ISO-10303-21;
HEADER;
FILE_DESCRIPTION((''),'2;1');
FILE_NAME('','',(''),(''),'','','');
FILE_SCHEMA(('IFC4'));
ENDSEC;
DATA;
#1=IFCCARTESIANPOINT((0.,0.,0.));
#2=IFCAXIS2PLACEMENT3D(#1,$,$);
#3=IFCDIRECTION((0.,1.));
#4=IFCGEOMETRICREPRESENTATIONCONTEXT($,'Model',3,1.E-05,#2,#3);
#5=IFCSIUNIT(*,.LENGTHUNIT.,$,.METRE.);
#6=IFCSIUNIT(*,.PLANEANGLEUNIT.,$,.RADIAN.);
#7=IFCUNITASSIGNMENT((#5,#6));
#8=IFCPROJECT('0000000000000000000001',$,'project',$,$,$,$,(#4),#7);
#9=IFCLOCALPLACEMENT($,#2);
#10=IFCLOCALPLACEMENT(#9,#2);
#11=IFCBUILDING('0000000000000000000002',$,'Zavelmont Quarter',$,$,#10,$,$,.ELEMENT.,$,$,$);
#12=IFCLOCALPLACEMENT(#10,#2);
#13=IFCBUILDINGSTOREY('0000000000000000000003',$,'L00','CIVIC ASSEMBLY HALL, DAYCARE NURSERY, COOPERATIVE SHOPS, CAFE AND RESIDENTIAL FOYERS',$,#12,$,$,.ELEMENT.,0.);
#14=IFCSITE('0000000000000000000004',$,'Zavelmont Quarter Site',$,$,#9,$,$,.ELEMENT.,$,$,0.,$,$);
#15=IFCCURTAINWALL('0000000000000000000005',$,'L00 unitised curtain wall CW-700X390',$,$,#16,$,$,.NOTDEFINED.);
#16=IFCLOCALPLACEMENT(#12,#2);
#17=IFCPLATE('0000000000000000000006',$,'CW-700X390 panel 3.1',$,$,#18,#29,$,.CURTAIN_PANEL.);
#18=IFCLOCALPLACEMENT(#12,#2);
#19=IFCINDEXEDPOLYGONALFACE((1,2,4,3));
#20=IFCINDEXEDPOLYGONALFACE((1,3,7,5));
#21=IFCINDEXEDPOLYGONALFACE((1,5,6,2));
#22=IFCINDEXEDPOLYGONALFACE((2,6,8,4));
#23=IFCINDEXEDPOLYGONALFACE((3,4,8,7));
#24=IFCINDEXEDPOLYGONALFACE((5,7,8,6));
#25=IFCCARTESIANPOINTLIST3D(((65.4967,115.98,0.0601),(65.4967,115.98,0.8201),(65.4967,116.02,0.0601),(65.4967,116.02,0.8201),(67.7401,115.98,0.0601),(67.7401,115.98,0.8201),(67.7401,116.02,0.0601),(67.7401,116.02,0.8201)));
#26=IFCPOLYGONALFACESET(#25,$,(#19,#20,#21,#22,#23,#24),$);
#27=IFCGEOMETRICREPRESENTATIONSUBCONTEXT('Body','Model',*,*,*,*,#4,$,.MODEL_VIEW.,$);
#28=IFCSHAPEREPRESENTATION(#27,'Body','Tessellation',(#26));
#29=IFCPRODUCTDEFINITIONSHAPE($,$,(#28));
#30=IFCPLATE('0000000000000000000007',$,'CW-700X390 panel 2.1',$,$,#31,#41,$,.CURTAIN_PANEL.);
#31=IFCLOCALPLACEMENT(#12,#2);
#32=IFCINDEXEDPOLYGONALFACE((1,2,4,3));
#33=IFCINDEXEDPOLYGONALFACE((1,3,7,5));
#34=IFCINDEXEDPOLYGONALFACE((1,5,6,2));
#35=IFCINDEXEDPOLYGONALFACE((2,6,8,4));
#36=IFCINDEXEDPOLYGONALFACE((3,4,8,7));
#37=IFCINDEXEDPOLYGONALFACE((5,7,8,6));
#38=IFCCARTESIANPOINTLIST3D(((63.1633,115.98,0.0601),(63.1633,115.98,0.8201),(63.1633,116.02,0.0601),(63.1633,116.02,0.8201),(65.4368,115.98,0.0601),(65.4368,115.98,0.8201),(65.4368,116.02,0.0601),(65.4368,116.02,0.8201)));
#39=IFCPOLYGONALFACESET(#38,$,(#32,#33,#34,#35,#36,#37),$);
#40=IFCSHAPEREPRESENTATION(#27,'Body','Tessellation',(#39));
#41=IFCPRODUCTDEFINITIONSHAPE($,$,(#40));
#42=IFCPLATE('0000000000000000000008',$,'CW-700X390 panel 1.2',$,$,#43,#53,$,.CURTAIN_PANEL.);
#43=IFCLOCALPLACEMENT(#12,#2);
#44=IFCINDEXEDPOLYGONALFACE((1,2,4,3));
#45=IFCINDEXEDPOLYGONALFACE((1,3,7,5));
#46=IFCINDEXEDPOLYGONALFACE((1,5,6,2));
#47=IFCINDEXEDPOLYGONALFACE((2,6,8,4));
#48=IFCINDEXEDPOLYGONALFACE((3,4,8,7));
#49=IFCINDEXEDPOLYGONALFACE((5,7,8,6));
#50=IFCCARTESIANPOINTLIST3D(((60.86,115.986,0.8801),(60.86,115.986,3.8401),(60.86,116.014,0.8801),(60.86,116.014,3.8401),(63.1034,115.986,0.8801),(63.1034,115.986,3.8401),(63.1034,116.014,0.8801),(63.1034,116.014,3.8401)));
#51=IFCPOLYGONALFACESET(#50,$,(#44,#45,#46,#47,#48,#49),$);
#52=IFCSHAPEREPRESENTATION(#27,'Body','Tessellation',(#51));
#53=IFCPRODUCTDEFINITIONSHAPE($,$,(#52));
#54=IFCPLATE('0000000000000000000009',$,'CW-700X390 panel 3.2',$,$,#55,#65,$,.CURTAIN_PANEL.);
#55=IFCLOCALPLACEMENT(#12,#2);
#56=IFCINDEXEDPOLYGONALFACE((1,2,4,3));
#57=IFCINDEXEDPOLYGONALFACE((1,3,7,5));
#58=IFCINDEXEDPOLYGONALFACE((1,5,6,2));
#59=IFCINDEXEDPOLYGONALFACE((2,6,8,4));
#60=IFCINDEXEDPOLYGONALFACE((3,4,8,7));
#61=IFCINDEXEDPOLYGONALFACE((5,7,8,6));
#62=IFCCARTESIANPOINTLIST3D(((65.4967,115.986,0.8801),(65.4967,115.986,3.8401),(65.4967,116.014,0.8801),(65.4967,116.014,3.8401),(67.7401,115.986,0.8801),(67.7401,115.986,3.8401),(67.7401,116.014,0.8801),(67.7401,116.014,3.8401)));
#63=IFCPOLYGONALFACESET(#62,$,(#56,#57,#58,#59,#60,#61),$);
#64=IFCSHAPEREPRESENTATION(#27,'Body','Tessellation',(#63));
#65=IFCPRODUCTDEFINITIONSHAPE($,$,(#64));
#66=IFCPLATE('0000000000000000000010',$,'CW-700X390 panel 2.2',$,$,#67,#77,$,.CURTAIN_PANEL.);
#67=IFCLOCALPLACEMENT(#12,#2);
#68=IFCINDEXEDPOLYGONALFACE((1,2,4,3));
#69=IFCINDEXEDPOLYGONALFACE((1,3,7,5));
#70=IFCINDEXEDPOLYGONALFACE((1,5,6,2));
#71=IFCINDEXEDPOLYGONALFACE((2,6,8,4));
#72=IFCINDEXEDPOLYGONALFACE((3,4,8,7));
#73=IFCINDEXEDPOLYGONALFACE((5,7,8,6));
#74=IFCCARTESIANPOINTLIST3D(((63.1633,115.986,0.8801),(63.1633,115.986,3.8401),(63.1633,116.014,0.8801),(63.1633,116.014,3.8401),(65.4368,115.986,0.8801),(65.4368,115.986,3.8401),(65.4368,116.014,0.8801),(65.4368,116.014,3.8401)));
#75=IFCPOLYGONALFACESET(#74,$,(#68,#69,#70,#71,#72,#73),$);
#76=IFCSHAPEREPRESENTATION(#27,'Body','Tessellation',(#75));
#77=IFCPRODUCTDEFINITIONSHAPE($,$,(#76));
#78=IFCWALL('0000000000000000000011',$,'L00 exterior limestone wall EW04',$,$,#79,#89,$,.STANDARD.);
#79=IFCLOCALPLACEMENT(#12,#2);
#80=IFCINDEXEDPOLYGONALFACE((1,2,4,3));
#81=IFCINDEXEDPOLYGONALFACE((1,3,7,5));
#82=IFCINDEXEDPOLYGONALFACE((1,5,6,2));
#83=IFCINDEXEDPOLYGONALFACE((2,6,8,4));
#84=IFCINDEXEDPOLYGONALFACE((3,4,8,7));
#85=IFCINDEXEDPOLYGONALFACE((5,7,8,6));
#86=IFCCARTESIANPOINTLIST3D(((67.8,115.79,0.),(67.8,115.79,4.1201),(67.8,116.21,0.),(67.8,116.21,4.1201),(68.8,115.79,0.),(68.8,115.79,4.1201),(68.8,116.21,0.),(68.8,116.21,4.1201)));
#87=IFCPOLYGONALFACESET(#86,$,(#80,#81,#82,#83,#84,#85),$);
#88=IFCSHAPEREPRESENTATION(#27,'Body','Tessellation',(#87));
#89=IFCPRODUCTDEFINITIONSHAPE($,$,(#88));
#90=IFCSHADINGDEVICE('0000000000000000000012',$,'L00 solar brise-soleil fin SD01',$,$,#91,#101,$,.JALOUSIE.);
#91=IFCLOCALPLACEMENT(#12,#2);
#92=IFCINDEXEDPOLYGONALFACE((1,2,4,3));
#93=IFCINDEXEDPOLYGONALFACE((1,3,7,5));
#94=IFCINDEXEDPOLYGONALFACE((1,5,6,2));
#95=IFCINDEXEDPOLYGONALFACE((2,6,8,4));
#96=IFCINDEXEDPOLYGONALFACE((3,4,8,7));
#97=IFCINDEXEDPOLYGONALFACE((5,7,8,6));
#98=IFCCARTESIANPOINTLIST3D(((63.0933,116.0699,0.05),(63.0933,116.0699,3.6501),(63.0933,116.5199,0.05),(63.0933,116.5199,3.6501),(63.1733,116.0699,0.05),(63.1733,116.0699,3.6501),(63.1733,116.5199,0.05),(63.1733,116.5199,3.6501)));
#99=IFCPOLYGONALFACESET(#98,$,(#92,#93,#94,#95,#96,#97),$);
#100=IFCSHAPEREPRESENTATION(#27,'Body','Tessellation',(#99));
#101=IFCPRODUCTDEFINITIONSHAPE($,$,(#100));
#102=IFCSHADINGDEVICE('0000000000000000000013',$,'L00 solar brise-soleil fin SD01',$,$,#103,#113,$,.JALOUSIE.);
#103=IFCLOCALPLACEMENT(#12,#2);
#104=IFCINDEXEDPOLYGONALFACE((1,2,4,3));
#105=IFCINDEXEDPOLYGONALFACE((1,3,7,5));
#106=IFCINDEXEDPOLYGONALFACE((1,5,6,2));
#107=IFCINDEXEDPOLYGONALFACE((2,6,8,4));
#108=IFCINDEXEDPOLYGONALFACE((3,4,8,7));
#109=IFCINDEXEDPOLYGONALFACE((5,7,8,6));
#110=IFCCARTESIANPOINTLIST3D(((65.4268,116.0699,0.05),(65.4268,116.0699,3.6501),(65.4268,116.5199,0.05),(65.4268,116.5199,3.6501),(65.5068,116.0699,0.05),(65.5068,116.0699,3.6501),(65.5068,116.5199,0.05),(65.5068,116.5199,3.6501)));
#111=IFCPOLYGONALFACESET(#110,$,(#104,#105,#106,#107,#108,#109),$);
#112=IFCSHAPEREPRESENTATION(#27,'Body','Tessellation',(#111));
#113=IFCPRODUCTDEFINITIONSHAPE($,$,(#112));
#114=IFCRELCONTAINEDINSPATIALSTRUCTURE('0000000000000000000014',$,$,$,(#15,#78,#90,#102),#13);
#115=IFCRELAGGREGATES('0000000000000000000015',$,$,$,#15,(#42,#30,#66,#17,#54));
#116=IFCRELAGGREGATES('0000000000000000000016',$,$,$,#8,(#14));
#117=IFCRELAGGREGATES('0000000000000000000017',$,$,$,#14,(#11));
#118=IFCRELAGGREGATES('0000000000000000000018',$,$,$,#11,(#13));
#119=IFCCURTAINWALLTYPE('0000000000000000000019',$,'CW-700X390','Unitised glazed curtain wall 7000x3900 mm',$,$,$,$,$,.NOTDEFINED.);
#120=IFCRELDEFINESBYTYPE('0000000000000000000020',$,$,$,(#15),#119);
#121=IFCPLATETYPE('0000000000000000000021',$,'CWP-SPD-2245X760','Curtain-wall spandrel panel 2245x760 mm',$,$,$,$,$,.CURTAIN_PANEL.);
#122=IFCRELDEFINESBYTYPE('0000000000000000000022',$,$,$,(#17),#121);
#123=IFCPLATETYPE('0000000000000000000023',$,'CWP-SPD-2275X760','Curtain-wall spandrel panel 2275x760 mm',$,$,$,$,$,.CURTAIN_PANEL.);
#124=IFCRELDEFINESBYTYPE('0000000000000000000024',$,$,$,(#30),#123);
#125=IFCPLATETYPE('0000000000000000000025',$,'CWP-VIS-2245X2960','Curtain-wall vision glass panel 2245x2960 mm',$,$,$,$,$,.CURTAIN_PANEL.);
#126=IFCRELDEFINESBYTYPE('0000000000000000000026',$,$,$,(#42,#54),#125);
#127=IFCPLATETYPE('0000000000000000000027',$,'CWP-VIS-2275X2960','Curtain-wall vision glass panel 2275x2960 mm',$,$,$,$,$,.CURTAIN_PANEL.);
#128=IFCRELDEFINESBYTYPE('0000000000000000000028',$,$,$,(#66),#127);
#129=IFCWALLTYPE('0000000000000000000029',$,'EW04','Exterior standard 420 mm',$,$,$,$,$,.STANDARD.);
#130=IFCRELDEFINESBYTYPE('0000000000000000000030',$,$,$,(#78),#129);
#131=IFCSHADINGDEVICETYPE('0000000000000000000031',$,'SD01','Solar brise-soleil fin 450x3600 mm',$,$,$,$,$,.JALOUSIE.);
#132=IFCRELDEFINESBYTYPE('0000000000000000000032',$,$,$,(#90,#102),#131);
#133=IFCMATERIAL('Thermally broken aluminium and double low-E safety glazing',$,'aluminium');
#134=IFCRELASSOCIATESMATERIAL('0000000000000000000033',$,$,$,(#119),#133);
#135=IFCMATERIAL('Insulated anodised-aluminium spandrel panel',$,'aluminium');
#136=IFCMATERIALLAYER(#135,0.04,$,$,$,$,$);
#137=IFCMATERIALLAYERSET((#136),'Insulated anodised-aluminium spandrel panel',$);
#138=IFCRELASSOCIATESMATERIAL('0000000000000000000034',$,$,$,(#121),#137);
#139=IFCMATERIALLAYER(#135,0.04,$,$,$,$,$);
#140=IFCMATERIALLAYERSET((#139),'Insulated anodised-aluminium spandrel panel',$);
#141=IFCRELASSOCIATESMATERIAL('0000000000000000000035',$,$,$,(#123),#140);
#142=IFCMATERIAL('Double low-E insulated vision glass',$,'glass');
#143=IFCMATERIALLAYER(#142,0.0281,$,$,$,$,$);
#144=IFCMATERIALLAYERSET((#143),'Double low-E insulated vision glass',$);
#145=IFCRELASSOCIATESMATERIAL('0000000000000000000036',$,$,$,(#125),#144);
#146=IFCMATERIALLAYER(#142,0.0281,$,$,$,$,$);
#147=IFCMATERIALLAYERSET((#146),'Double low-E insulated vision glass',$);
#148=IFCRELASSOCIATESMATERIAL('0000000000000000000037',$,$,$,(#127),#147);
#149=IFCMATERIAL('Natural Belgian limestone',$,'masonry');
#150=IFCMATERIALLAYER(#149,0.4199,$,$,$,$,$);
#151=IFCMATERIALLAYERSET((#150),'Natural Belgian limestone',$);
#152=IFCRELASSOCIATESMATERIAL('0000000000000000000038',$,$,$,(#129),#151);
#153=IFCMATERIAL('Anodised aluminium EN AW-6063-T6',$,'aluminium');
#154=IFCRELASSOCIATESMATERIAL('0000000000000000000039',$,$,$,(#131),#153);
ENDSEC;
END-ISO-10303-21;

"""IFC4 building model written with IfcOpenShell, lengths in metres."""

from ifc_helpers import new_model, si_unit, direction, frame, frame_2d, origin, origin_2d, place, context, subcontext, project, spatial, rectangle, extrude, material, layer, layer_set, type_object, element, aggregate, save


model = new_model("IFC4")

# Units and contexts
model_context = context("Model", 3, precision=1e-05, world=origin(), true_north=direction((0.0, 1.0)))
body_context = subcontext(model_context, "Body", "Model", "MODEL_VIEW")
ifc_project = project(units=[si_unit("LENGTHUNIT", "METRE"), si_unit("PLANEANGLEUNIT", "RADIAN")], contexts=[model_context])

# Site, building, storey
site_placement = place(None, origin())
site = spatial("IfcSite", under=ifc_project, at=site_placement, Name="Zavelmont Quarter Site", CompositionType="ELEMENT", RefElevation=0.0)
building_placement = place(site_placement, origin())
building = spatial("IfcBuilding", under=site, at=building_placement, Name="Zavelmont Quarter", CompositionType="ELEMENT")
storey_placement = place(building_placement, origin())
storey = spatial("IfcBuildingStorey", under=building, at=storey_placement, Name="L00", Description="CIVIC ASSEMBLY HALL, DAYCARE NURSERY, COOPERATIVE SHOPS, CAFE AND RESIDENTIAL FOYERS", CompositionType="ELEMENT", Elevation=0.0)

# Curtain wall
ifc_material_1 = material(Name="Thermally broken aluminium and double low-E safety glazing", Category="aluminium")
curtain_wall_type_1 = type_object("IfcCurtainWallType", Name="CW-700X390", Description="Unitised glazed curtain wall 7000x3900 mm", PredefinedType="NOTDEFINED", material=ifc_material_1)
curtain_wall_1_placement = place(storey_placement, origin())
curtain_wall_1 = element("IfcCurtainWall", 1, at=curtain_wall_1_placement, inside=storey, type_object=curtain_wall_type_1, Name="L00 unitised curtain wall CW-700X390", PredefinedType="NOTDEFINED")

# Plates
ifc_material_2 = material(Name="Insulated anodised-aluminium spandrel panel", Category="aluminium")
ifc_layer_1 = layer(ifc_material_2, 0.04)
ifc_layer_set_1 = layer_set([ifc_layer_1], Name="Insulated anodised-aluminium spandrel panel")
plate_type_1 = type_object("IfcPlateType", Name="CWP-SPD-2245X760", Description="Curtain-wall spandrel panel 2245x760 mm", PredefinedType="CURTAIN_PANEL", material=ifc_layer_set_1)
plate_1_placement = place(storey_placement, frame((66.6184, 116.0, 0.0601), z_axis=(0.0, 0.0, 1.0), x_axis=(1.0, 0.0, 0.0)))
plate_1 = element("IfcPlate", 2, at=plate_1_placement, type_object=plate_type_1, Name="CW-700X390 panel 3.1", PredefinedType="CURTAIN_PANEL", context=body_context, shape_type="SweptSolid", body=[
    extrude(rectangle(XDim=2.2434, YDim=0.04, at=origin_2d()), origin(), (0.0, 0.0, 1.0), 0.76),
])
ifc_layer_2 = layer(ifc_material_2, 0.04)
ifc_layer_set_2 = layer_set([ifc_layer_2], Name="Insulated anodised-aluminium spandrel panel")
plate_type_2 = type_object("IfcPlateType", Name="CWP-SPD-2275X760", Description="Curtain-wall spandrel panel 2275x760 mm", PredefinedType="CURTAIN_PANEL", material=ifc_layer_set_2)
plate_2_placement = place(storey_placement, frame((64.3, 116.0, 0.0601), z_axis=(0.0, 0.0, 1.0), x_axis=(1.0, 0.0, 0.0)))
plate_2 = element("IfcPlate", 3, at=plate_2_placement, type_object=plate_type_2, Name="CW-700X390 panel 2.1", PredefinedType="CURTAIN_PANEL", context=body_context, shape_type="SweptSolid", body=[
    extrude(rectangle(XDim=2.2734, YDim=0.04, at=origin_2d()), origin(), (0.0, 0.0, 1.0), 0.76),
])
ifc_material_3 = material(Name="Double low-E insulated vision glass", Category="glass")
ifc_layer_3 = layer(ifc_material_3, 0.0281)
ifc_layer_set_3 = layer_set([ifc_layer_3], Name="Double low-E insulated vision glass")
plate_type_3 = type_object("IfcPlateType", Name="CWP-VIS-2245X2960", Description="Curtain-wall vision glass panel 2245x2960 mm", PredefinedType="CURTAIN_PANEL", material=ifc_layer_set_3)
plate_3_placement = place(storey_placement, frame((61.9817, 116.0, 0.8801), z_axis=(0.0, 0.0, 1.0), x_axis=(1.0, 0.0, 0.0)))
plate_3 = element("IfcPlate", 4, at=plate_3_placement, type_object=plate_type_3, Name="CW-700X390 panel 1.2", PredefinedType="CURTAIN_PANEL", context=body_context, shape_type="SweptSolid", body=[
    extrude(rectangle(XDim=2.2434, YDim=0.0281, at=origin_2d()), origin(), (0.0, 0.0, 1.0), 2.96),
])
plate_4_placement = place(storey_placement, frame((66.6184, 116.0, 0.8801), z_axis=(0.0, 0.0, 1.0), x_axis=(1.0, 0.0, 0.0)))
plate_4 = element("IfcPlate", 5, at=plate_4_placement, type_object=plate_type_3, Name="CW-700X390 panel 3.2", PredefinedType="CURTAIN_PANEL", context=body_context, shape_type="SweptSolid", body=[
    extrude(rectangle(XDim=2.2434, YDim=0.0281, at=origin_2d()), origin(), (0.0, 0.0, 1.0), 2.96),
])
ifc_layer_4 = layer(ifc_material_3, 0.0281)
ifc_layer_set_4 = layer_set([ifc_layer_4], Name="Double low-E insulated vision glass")
plate_type_4 = type_object("IfcPlateType", Name="CWP-VIS-2275X2960", Description="Curtain-wall vision glass panel 2275x2960 mm", PredefinedType="CURTAIN_PANEL", material=ifc_layer_set_4)
plate_5_placement = place(storey_placement, frame((64.3, 116.0, 0.8801), z_axis=(0.0, 0.0, 1.0), x_axis=(1.0, 0.0, 0.0)))
plate_5 = element("IfcPlate", 6, at=plate_5_placement, type_object=plate_type_4, Name="CW-700X390 panel 2.2", PredefinedType="CURTAIN_PANEL", context=body_context, shape_type="SweptSolid", body=[
    extrude(rectangle(XDim=2.2734, YDim=0.0281, at=origin_2d()), origin(), (0.0, 0.0, 1.0), 2.96),
])
aggregate(curtain_wall_1, [plate_3, plate_2, plate_5, plate_1, plate_4])

# Wall
ifc_material_4 = material(Name="Natural Belgian limestone", Category="masonry")
ifc_layer_5 = layer(ifc_material_4, 0.4199)
ifc_layer_set_5 = layer_set([ifc_layer_5], Name="Natural Belgian limestone")
wall_type = type_object("IfcWallType", Name="EW04", Description="Exterior standard 420 mm", PredefinedType="STANDARD", material=ifc_layer_set_5)
wall_placement = place(storey_placement, frame((67.8, 116.0, 0.0), z_axis=(0.0, 0.0, 1.0), x_axis=(1.0, 0.0, 0.0)))
element("IfcWall", 7, at=wall_placement, inside=storey, type_object=wall_type, Name="L00 exterior limestone wall EW04", PredefinedType="STANDARD", context=body_context, shape_type="SweptSolid", body=[
    extrude(rectangle(XDim=1.0, YDim=0.4199, at=frame_2d((0.5, 0.0))), origin(), (0.0, 0.0, 1.0), 4.1201),
])

# Shading devices
ifc_material_5 = material(Name="Anodised aluminium EN AW-6063-T6", Category="aluminium")
shading_device_type = type_object("IfcShadingDeviceType", Name="SD01", Description="Solar brise-soleil fin 450x3600 mm", PredefinedType="JALOUSIE", material=ifc_material_5)
for number, where, z_axis, x_axis, name in (
    (8, (63.1333, 116.2949, 0.05), (0.0, 0.0, 1.0), (1.0, 0.0, 0.0), "L00 solar brise-soleil fin SD01"),
    (9, (65.4668, 116.2949, 0.05), (0.0, 0.0, 1.0), (1.0, 0.0, 0.0), "L00 solar brise-soleil fin SD01"),
):
    element("IfcShadingDevice", number, at=place(storey_placement, frame(where, z_axis=z_axis, x_axis=x_axis)), inside=storey, type_object=shading_device_type, Name=name, PredefinedType="JALOUSIE", context=body_context, shape_type="SweptSolid", body=[
        extrude(rectangle(XDim=0.0801, YDim=0.45, at=origin_2d()), origin(), (0.0, 0.0, 1.0), 3.6001),
    ])

save(model, "model.ifc")
